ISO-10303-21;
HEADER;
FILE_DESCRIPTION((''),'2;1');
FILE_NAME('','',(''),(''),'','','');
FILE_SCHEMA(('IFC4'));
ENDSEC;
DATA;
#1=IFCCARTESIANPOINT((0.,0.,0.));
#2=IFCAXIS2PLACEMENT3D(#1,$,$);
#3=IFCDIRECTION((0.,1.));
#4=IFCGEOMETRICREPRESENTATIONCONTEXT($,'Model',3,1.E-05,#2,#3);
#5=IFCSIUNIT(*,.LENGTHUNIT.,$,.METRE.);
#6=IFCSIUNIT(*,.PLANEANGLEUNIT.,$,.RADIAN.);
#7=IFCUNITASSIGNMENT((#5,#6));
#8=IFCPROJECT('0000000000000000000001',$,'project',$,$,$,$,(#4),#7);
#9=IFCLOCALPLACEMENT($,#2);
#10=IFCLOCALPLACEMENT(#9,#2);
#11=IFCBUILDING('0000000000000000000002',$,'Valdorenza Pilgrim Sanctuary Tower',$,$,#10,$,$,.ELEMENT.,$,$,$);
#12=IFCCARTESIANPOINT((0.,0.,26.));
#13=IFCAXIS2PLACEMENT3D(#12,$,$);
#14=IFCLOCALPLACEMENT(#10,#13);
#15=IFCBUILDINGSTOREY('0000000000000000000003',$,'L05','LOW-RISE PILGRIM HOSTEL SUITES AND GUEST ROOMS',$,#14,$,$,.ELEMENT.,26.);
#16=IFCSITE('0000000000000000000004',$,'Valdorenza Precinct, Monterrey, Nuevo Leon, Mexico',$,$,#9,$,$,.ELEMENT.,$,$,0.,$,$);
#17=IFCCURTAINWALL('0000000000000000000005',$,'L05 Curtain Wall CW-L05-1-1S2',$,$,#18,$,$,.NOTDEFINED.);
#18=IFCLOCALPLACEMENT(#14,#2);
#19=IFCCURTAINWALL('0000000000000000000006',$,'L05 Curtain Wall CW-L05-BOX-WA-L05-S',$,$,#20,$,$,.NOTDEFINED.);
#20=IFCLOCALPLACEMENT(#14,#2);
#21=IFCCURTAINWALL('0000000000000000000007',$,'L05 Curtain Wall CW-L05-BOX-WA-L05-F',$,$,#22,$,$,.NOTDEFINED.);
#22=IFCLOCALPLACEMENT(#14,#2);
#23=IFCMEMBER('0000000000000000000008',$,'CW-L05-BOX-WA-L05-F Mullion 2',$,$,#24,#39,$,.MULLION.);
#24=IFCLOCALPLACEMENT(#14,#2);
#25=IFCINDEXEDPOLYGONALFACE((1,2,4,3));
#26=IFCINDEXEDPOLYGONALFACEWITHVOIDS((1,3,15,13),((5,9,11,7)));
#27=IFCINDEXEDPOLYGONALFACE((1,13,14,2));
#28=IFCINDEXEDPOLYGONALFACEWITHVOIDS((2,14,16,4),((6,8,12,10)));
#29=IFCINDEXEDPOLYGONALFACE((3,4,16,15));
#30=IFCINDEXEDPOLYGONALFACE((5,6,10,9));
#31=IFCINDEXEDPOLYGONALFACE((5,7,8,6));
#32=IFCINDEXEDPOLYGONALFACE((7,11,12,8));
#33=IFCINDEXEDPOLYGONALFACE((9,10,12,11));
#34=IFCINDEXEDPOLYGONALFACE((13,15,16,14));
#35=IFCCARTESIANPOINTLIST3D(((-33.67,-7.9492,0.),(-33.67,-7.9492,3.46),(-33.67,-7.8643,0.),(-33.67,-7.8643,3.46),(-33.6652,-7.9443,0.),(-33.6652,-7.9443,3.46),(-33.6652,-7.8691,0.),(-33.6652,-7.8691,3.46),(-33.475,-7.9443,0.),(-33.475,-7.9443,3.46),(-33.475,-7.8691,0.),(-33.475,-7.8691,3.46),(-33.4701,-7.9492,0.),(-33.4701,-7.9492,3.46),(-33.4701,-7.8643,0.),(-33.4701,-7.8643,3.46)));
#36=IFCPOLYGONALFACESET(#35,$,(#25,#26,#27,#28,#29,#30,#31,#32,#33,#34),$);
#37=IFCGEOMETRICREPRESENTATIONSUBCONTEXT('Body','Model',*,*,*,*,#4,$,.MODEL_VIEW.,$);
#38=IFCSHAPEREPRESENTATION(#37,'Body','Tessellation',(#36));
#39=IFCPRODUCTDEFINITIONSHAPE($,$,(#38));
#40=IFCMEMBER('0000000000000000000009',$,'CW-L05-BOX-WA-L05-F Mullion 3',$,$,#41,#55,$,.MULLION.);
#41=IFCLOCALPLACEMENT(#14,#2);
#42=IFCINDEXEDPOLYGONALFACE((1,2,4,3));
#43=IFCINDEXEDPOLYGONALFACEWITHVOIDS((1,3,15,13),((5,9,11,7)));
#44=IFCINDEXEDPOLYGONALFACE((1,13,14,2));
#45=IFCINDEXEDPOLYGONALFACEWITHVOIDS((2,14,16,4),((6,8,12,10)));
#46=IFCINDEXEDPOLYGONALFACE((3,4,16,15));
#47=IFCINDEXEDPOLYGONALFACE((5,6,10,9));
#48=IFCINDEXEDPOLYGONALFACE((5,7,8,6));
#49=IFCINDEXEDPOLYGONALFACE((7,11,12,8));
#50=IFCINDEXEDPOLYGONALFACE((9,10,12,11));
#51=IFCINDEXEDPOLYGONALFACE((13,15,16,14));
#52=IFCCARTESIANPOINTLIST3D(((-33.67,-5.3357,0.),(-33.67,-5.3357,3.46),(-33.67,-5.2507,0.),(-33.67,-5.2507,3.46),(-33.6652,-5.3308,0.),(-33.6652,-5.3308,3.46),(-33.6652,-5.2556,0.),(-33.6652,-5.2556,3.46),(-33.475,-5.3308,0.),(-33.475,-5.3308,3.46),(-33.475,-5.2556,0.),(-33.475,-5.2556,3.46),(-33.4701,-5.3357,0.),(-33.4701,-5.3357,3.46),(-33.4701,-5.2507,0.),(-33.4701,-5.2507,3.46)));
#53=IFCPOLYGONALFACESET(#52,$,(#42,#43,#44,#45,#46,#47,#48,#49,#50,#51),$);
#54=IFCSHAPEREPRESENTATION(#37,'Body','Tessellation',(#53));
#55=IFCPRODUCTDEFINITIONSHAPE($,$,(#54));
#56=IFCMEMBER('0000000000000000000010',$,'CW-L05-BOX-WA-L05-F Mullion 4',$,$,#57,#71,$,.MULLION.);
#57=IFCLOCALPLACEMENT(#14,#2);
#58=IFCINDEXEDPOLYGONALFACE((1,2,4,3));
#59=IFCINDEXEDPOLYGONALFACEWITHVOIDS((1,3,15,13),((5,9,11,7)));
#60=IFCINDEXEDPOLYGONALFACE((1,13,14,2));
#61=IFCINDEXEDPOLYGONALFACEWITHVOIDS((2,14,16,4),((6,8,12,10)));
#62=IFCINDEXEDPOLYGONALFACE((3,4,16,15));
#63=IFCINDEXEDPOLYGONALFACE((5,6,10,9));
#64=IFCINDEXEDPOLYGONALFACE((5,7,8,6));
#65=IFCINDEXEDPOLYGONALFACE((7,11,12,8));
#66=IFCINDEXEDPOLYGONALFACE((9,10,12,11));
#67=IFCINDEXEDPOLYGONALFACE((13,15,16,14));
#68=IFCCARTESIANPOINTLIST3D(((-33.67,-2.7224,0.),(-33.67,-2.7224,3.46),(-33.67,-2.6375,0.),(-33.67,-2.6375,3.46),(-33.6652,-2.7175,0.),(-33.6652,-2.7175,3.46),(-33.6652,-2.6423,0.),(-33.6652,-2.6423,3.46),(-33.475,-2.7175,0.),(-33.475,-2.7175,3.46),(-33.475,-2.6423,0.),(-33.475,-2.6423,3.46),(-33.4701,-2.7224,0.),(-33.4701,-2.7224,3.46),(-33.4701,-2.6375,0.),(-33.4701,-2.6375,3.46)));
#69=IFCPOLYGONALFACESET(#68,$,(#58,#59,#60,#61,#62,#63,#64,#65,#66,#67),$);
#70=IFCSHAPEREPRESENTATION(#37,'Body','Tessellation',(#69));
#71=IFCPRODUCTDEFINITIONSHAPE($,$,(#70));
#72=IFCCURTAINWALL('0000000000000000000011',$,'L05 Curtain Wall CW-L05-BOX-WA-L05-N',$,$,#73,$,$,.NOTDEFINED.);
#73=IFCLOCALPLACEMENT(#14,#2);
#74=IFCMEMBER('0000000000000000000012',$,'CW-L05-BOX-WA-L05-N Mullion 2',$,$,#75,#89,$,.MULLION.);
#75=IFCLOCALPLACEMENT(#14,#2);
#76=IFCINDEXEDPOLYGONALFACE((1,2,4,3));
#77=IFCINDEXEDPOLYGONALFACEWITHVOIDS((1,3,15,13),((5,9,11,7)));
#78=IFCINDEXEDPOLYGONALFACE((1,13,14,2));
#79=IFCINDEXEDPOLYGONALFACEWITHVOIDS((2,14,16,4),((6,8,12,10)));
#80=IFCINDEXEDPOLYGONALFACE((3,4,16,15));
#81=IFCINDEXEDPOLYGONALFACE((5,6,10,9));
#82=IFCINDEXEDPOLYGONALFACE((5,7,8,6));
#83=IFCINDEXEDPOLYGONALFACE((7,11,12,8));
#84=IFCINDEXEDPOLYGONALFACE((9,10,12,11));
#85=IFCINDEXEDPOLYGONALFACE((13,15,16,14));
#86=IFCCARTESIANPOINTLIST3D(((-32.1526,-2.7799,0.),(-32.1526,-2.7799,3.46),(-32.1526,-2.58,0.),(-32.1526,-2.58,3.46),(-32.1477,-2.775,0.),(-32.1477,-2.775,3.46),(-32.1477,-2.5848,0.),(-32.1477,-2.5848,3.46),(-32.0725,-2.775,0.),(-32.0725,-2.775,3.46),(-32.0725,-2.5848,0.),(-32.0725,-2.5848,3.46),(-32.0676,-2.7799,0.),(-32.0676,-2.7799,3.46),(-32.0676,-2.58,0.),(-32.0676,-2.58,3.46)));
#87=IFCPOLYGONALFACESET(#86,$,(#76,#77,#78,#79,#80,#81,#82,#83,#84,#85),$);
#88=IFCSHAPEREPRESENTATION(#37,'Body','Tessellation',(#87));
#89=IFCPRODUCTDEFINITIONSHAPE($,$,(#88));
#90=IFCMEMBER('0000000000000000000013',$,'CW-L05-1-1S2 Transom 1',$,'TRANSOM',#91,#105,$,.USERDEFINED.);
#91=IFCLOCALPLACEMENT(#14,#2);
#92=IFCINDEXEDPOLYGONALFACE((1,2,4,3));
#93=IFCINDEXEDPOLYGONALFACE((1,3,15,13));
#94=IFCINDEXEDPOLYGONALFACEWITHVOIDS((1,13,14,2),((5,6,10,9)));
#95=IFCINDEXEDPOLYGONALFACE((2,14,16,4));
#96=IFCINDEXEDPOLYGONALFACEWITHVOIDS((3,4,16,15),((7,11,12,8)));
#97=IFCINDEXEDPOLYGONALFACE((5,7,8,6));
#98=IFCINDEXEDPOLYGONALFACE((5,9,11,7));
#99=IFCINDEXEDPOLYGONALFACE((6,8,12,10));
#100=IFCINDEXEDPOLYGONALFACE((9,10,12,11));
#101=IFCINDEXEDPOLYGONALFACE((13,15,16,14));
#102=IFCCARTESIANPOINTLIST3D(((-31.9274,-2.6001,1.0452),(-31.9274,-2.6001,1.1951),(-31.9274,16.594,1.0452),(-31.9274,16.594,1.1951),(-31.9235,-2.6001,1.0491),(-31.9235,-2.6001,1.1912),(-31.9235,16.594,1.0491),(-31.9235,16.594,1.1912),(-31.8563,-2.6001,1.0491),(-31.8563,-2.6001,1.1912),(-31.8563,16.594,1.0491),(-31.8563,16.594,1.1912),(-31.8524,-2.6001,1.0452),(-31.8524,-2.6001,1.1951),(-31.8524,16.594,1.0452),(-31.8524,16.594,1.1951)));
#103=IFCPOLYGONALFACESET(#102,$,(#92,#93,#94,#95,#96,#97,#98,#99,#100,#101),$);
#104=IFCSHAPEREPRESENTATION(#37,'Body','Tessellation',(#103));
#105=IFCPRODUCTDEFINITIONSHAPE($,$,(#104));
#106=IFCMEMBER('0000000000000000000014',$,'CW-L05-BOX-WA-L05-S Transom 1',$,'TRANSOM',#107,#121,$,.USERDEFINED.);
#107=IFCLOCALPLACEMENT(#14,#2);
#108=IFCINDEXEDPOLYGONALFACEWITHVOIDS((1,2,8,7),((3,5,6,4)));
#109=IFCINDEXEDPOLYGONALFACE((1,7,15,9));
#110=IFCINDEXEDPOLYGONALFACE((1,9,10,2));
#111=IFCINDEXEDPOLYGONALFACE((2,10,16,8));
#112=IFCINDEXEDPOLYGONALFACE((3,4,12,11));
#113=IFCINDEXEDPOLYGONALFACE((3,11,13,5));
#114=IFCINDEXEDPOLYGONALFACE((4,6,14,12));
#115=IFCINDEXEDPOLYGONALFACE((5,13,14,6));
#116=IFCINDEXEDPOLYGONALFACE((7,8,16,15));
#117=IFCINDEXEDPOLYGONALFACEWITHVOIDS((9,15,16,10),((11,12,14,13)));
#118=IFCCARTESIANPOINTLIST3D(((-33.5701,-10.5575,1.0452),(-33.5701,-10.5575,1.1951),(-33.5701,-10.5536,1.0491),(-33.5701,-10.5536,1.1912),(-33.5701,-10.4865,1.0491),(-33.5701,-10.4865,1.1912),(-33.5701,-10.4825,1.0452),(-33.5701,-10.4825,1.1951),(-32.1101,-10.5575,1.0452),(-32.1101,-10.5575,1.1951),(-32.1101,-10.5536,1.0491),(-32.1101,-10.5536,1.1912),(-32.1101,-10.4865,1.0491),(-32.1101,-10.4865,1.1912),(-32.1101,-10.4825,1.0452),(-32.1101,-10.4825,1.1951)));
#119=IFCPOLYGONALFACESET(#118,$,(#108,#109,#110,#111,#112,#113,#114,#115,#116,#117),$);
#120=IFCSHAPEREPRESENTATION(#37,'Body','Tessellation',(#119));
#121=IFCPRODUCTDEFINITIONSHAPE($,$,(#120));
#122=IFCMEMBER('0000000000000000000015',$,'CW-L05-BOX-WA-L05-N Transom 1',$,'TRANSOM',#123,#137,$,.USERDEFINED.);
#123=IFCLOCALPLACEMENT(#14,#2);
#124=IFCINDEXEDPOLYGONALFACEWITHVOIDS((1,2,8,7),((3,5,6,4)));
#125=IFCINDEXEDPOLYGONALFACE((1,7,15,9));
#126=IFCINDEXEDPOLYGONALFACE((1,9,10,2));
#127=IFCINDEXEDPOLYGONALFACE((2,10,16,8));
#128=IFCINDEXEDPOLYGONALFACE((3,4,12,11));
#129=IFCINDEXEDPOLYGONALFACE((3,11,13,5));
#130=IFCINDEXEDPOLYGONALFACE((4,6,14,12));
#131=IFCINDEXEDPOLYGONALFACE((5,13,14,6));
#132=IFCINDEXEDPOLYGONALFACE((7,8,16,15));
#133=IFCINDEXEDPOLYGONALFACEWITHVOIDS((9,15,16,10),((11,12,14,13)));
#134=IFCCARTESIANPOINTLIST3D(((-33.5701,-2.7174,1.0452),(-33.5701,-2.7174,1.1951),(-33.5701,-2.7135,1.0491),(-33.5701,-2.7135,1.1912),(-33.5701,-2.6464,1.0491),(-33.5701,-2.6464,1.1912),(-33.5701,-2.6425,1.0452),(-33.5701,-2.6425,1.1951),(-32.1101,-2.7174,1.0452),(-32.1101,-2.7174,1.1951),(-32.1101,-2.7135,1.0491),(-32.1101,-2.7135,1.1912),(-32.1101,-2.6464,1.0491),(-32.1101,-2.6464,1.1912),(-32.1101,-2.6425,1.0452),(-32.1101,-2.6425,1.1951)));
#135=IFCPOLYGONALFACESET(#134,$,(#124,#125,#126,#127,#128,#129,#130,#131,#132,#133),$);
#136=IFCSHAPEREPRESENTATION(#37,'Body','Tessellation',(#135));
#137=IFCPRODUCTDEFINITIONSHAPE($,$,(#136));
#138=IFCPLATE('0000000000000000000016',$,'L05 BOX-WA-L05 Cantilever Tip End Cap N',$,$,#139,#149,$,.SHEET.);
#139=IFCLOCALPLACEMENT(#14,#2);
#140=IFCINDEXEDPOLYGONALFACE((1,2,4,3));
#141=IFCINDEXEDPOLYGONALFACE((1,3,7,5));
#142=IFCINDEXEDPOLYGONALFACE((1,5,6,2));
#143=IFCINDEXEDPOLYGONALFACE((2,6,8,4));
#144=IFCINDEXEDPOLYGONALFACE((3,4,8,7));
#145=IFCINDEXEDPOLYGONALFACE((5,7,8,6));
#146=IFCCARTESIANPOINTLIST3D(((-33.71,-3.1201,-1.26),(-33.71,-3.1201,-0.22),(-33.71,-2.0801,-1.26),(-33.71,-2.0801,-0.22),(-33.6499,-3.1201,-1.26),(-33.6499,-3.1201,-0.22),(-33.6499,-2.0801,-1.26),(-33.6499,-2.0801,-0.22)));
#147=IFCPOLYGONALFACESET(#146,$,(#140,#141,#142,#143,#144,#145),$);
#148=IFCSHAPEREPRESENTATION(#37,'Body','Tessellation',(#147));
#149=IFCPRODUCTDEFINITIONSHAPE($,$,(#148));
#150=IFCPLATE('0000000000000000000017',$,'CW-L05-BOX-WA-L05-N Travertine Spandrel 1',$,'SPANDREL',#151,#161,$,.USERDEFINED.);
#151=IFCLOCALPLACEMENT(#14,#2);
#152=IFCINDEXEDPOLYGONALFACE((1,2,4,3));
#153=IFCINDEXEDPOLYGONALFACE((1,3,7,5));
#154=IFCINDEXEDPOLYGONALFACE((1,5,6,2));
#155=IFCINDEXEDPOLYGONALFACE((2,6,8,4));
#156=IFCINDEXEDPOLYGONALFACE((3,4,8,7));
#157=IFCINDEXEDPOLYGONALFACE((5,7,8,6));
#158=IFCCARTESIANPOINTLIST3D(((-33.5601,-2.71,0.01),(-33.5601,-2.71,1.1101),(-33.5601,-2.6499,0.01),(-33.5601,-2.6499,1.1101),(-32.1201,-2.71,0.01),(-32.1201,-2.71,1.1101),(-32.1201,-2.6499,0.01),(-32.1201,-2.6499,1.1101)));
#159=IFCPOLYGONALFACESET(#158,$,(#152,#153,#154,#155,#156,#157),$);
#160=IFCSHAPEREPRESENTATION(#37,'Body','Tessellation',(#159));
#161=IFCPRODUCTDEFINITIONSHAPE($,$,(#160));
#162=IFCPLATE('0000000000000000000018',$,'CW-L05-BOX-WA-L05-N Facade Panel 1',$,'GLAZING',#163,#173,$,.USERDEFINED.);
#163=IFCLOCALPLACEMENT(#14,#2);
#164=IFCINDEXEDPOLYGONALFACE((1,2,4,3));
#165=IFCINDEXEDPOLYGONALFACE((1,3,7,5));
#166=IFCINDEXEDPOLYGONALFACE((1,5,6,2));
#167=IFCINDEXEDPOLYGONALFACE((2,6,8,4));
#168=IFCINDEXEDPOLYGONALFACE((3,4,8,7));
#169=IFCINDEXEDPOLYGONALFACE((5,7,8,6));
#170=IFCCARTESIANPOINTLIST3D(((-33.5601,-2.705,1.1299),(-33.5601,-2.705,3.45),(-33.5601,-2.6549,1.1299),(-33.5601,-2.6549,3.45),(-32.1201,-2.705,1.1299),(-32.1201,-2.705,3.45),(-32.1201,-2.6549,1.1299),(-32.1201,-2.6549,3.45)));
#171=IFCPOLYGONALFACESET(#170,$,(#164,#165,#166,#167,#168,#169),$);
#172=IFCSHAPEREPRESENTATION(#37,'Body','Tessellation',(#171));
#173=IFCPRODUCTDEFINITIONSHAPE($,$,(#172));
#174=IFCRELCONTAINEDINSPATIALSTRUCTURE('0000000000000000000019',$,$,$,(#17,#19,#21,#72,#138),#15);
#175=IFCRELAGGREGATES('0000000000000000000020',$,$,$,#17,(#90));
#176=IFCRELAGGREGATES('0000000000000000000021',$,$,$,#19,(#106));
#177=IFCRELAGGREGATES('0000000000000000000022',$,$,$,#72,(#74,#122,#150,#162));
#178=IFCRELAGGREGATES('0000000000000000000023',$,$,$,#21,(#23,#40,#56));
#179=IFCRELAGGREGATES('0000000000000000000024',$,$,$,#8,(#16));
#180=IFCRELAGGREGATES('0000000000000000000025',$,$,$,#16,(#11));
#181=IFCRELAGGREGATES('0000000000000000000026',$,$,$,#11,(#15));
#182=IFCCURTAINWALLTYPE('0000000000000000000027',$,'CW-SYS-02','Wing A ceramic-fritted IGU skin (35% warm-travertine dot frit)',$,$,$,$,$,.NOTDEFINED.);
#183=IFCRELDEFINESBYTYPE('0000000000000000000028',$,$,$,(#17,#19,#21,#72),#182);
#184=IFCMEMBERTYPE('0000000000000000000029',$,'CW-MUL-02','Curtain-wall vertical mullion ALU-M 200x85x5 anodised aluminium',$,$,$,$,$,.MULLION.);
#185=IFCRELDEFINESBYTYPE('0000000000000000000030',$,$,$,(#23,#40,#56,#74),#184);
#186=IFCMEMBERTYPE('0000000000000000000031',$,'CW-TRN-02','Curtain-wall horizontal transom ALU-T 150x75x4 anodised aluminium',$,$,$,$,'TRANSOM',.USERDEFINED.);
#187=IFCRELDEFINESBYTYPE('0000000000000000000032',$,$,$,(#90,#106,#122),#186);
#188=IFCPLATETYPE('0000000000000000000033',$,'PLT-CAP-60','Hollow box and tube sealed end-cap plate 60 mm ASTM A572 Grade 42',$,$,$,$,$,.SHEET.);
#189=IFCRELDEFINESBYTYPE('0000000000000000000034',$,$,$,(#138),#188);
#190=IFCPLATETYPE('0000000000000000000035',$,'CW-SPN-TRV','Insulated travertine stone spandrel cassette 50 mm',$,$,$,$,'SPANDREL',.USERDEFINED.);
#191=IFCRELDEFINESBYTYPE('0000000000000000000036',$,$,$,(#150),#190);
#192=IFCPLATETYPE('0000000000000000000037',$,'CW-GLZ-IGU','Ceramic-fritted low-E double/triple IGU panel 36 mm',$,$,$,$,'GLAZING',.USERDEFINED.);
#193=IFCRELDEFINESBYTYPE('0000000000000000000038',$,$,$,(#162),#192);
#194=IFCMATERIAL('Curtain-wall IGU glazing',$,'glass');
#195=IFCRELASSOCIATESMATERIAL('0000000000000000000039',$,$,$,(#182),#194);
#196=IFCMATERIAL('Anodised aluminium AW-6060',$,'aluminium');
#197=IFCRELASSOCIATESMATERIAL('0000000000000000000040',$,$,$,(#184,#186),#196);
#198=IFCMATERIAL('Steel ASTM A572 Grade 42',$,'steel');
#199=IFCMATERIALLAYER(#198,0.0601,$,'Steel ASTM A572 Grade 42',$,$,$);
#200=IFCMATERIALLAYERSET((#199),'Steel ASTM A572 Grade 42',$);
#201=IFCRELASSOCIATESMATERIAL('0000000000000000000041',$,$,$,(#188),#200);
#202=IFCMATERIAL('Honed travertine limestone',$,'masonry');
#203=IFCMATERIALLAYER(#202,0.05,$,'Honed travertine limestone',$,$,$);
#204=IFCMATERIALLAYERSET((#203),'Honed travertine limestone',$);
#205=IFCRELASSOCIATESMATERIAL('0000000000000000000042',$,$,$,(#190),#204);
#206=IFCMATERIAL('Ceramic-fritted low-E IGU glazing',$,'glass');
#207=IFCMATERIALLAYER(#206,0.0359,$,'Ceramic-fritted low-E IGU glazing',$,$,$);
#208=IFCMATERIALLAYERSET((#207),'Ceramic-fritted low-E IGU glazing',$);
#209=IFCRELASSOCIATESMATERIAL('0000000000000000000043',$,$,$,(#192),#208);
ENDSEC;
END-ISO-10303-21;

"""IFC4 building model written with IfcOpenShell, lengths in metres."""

from ifc_helpers import new_model, si_unit, direction, frame, origin, origin_2d, place, context, subcontext, project, spatial, rectangle, hollow_rectangle, extrude, source, transform, mapped, material, layer, layer_set, material_profile, profile_set, type_object, element, aggregate, save


model = new_model("IFC4")

# Units and contexts
model_context = context("Model", 3, precision=1e-05, world=origin(), true_north=direction((0.0, 1.0)))
body_context = subcontext(model_context, "Body", "Model", "MODEL_VIEW")
ifc_project = project(units=[si_unit("LENGTHUNIT", "METRE"), si_unit("PLANEANGLEUNIT", "RADIAN")], contexts=[model_context])

# Site, building, storey
site_placement = place(None, origin())
site = spatial("IfcSite", under=ifc_project, at=site_placement, Name="Valdorenza Precinct, Monterrey, Nuevo Leon, Mexico", CompositionType="ELEMENT", RefElevation=0.0)
building_placement = place(site_placement, origin())
building = spatial("IfcBuilding", under=site, at=building_placement, Name="Valdorenza Pilgrim Sanctuary Tower", CompositionType="ELEMENT")
storey_placement = place(building_placement, frame((0.0, 0.0, 26.0)))
storey = spatial("IfcBuildingStorey", under=building, at=storey_placement, Name="L05", Description="LOW-RISE PILGRIM HOSTEL SUITES AND GUEST ROOMS", CompositionType="ELEMENT", Elevation=26.0)

# Shared definitions
ifc_material_1 = material(Name="Steel ASTM A572 Grade 42", Category="steel")

# Curtain walls
ifc_material_2 = material(Name="Curtain-wall IGU glazing", Category="glass")
curtain_wall_type = type_object("IfcCurtainWallType", Name="CW-SYS-02", Description="Wing A ceramic-fritted IGU skin (35% warm-travertine dot frit)", PredefinedType="NOTDEFINED", material=ifc_material_2)
curtain_wall_1_placement = place(storey_placement, origin())
curtain_wall_1 = element("IfcCurtainWall", 1, at=curtain_wall_1_placement, inside=storey, type_object=curtain_wall_type, Name="L05 Curtain Wall CW-L05-1-1S2", PredefinedType="NOTDEFINED")
ifc_material_3 = material(Name="Anodised aluminium AW-6060", Category="aluminium")
ifc_material_profile_1 = material_profile(ifc_material_3, hollow_rectangle(XDim=0.085, YDim=0.2, WallThickness=0.0049, at=origin_2d()), Name="ALU-M 200x85x5")
ifc_profile_set_1 = profile_set([ifc_material_profile_1], Name="Anodised aluminium AW-6060")
member_type_1 = type_object("IfcMemberType", Name="CW-MUL-02", Description="Curtain-wall vertical mullion ALU-M 200x85x5 anodised aluminium", PredefinedType="MULLION", material=ifc_profile_set_1)
shared_shape_1 = source(origin(), body_context, "Body", "SweptSolid", [
    extrude(hollow_rectangle(XDim=0.085, YDim=0.2, WallThickness=0.0049, at=origin_2d()), origin(), (0.0, 0.0, 1.0), 3.46),
])
curtain_wall_2_placement = place(storey_placement, origin())
curtain_wall_2 = element("IfcCurtainWall", 2, at=curtain_wall_2_placement, inside=storey, type_object=curtain_wall_type, Name="L05 Curtain Wall CW-L05-BOX-WA-L05-S", PredefinedType="NOTDEFINED")

# Curtain wall, members
curtain_wall_3_placement = place(storey_placement, origin())
curtain_wall_3 = element("IfcCurtainWall", 3, at=curtain_wall_3_placement, inside=storey, type_object=curtain_wall_type, Name="L05 Curtain Wall CW-L05-BOX-WA-L05-F", PredefinedType="NOTDEFINED")
member_1_placement = place(storey_placement, frame((-33.5701, -7.9067, 0.0), z_axis=(0.0, 0.0, 1.0), x_axis=(0.0, 1.0, 0.0)))
member_1 = element("IfcMember", 4, at=member_1_placement, type_object=member_type_1, Name="CW-L05-BOX-WA-L05-F Mullion 2", PredefinedType="MULLION", context=body_context, shape_type="MappedRepresentation", body=[
    mapped(shared_shape_1, transform((0.0, 0.0, 0.0), x_axis=(1.0, 0.0, 0.0), y_axis=(0.0, 1.0, 0.0), z_axis=(0.0, 0.0, 1.0), scale=1.0)),
])
member_2_placement = place(storey_placement, frame((-33.5701, -5.2932, 0.0), z_axis=(0.0, 0.0, 1.0), x_axis=(0.0, 1.0, 0.0)))
member_2 = element("IfcMember", 5, at=member_2_placement, type_object=member_type_1, Name="CW-L05-BOX-WA-L05-F Mullion 3", PredefinedType="MULLION", context=body_context, shape_type="MappedRepresentation", body=[
    mapped(shared_shape_1, transform((0.0, 0.0, 0.0), x_axis=(1.0, 0.0, 0.0), y_axis=(0.0, 1.0, 0.0), z_axis=(0.0, 0.0, 1.0), scale=1.0)),
])
member_3_placement = place(storey_placement, frame((-33.5701, -2.6799, 0.0), z_axis=(0.0, 0.0, 1.0), x_axis=(0.0, 1.0, 0.0)))
member_3 = element("IfcMember", 6, at=member_3_placement, type_object=member_type_1, Name="CW-L05-BOX-WA-L05-F Mullion 4", PredefinedType="MULLION", context=body_context, shape_type="MappedRepresentation", body=[
    mapped(shared_shape_1, transform((0.0, 0.0, 0.0), x_axis=(1.0, 0.0, 0.0), y_axis=(0.0, 1.0, 0.0), z_axis=(0.0, 0.0, 1.0), scale=1.0)),
])

# Curtain wall, member
curtain_wall_4_placement = place(storey_placement, origin())
curtain_wall_4 = element("IfcCurtainWall", 7, at=curtain_wall_4_placement, inside=storey, type_object=curtain_wall_type, Name="L05 Curtain Wall CW-L05-BOX-WA-L05-N", PredefinedType="NOTDEFINED")
member_4_placement = place(storey_placement, frame((-32.1101, -2.6799, 0.0), z_axis=(0.0, 0.0, 1.0), x_axis=(1.0, 0.0, 0.0)))
member_4 = element("IfcMember", 8, at=member_4_placement, type_object=member_type_1, Name="CW-L05-BOX-WA-L05-N Mullion 2", PredefinedType="MULLION", context=body_context, shape_type="MappedRepresentation", body=[
    mapped(shared_shape_1, transform((0.0, 0.0, 0.0), x_axis=(1.0, 0.0, 0.0), y_axis=(0.0, 1.0, 0.0), z_axis=(0.0, 0.0, 1.0), scale=1.0)),
])

# Members
ifc_material_profile_2 = material_profile(ifc_material_3, hollow_rectangle(XDim=0.075, YDim=0.1499, WallThickness=0.0039, at=origin_2d()), Name="ALU-T 150x75x4")
ifc_profile_set_2 = profile_set([ifc_material_profile_2], Name="Anodised aluminium AW-6060")
member_type_2 = type_object("IfcMemberType", Name="CW-TRN-02", Description="Curtain-wall horizontal transom ALU-T 150x75x4 anodised aluminium", ElementType="TRANSOM", PredefinedType="USERDEFINED", material=ifc_profile_set_2)
shared_shape_2 = source(origin(), body_context, "Body", "SweptSolid", [
    extrude(hollow_rectangle(XDim=0.075, YDim=0.1499, WallThickness=0.0039, at=origin_2d()), origin(), (0.0, 0.0, 1.0), 19.1941),
])
member_5_placement = place(storey_placement, frame((-31.8899, -2.6001, 1.1201), z_axis=(0.0, 1.0, 0.0), x_axis=(-1.0, 0.0, 0.0)))
member_5 = element("IfcMember", 9, at=member_5_placement, type_object=member_type_2, Name="CW-L05-1-1S2 Transom 1", ObjectType="TRANSOM", PredefinedType="USERDEFINED", context=body_context, shape_type="MappedRepresentation", body=[
    mapped(shared_shape_2, transform((0.0, 0.0, 0.0), x_axis=(1.0, 0.0, 0.0), y_axis=(0.0, 1.0, 0.0), z_axis=(0.0, 0.0, 1.0), scale=1.0)),
])
aggregate(curtain_wall_1, [member_5])
shared_shape_3 = source(origin(), body_context, "Body", "SweptSolid", [
    extrude(hollow_rectangle(XDim=0.075, YDim=0.1499, WallThickness=0.0039, at=origin_2d()), origin(), (0.0, 0.0, 1.0), 1.46),
])
member_6_placement = place(storey_placement, frame((-32.1101, -10.52, 1.1201), z_axis=(-1.0, 0.0, 0.0), x_axis=(0.0, -1.0, 0.0)))
member_6 = element("IfcMember", 10, at=member_6_placement, type_object=member_type_2, Name="CW-L05-BOX-WA-L05-S Transom 1", ObjectType="TRANSOM", PredefinedType="USERDEFINED", context=body_context, shape_type="MappedRepresentation", body=[
    mapped(shared_shape_3, transform((0.0, 0.0, 0.0), x_axis=(1.0, 0.0, 0.0), y_axis=(0.0, 1.0, 0.0), z_axis=(0.0, 0.0, 1.0), scale=1.0)),
])
aggregate(curtain_wall_2, [member_6])
member_7_placement = place(storey_placement, frame((-33.5701, -2.6799, 1.1201), z_axis=(1.0, 0.0, 0.0), x_axis=(0.0, 1.0, 0.0)))
member_7 = element("IfcMember", 11, at=member_7_placement, type_object=member_type_2, Name="CW-L05-BOX-WA-L05-N Transom 1", ObjectType="TRANSOM", PredefinedType="USERDEFINED", context=body_context, shape_type="MappedRepresentation", body=[
    mapped(shared_shape_3, transform((0.0, 0.0, 0.0), x_axis=(1.0, 0.0, 0.0), y_axis=(0.0, 1.0, 0.0), z_axis=(0.0, 0.0, 1.0), scale=1.0)),
])

# Plates
ifc_layer_1 = layer(ifc_material_1, 0.0601, Name="Steel ASTM A572 Grade 42")
ifc_layer_set_1 = layer_set([ifc_layer_1], Name="Steel ASTM A572 Grade 42")
plate_type_1 = type_object("IfcPlateType", Name="PLT-CAP-60", Description="Hollow box and tube sealed end-cap plate 60 mm ASTM A572 Grade 42", PredefinedType="SHEET", material=ifc_layer_set_1)
shared_shape_4 = source(origin(), body_context, "Body", "SweptSolid", [
    extrude(rectangle(XDim=0.0601, YDim=1.04, at=origin_2d()), origin(), (0.0, 0.0, 1.0), 1.04),
])
plate_1_placement = place(storey_placement, frame((-33.6799, -2.6001, -1.26), z_axis=(0.0, 0.0, 1.0), x_axis=(1.0, 0.0, 0.0)))
element("IfcPlate", 12, at=plate_1_placement, inside=storey, type_object=plate_type_1, Name="L05 BOX-WA-L05 Cantilever Tip End Cap N", PredefinedType="SHEET", context=body_context, shape_type="MappedRepresentation", body=[
    mapped(shared_shape_4, transform((0.0, 0.0, 0.0), x_axis=(1.0, 0.0, 0.0), y_axis=(0.0, 1.0, 0.0), z_axis=(0.0, 0.0, 1.0), scale=1.0)),
])
ifc_material_4 = material(Name="Honed travertine limestone", Category="masonry")
ifc_layer_2 = layer(ifc_material_4, 0.05, Name="Honed travertine limestone")
ifc_layer_set_2 = layer_set([ifc_layer_2], Name="Honed travertine limestone")
plate_type_2 = type_object("IfcPlateType", Name="CW-SPN-TRV", Description="Insulated travertine stone spandrel cassette 50 mm", ElementType="SPANDREL", PredefinedType="USERDEFINED", material=ifc_layer_set_2)
shared_shape_5 = source(origin(), body_context, "Body", "SweptSolid", [
    extrude(rectangle(XDim=1.4399, YDim=0.0601, at=origin_2d()), origin(), (0.0, 0.0, 1.0), 1.1001),
])
plate_2_placement = place(storey_placement, frame((-32.8401, -2.6799, 0.01), z_axis=(0.0, 0.0, 1.0), x_axis=(1.0, 0.0, 0.0)))
plate_2 = element("IfcPlate", 13, at=plate_2_placement, type_object=plate_type_2, Name="CW-L05-BOX-WA-L05-N Travertine Spandrel 1", ObjectType="SPANDREL", PredefinedType="USERDEFINED", context=body_context, shape_type="MappedRepresentation", body=[
    mapped(shared_shape_5, transform((0.0, 0.0, 0.0), x_axis=(1.0, 0.0, 0.0), y_axis=(0.0, 1.0, 0.0), z_axis=(0.0, 0.0, 1.0), scale=1.0)),
])
ifc_material_5 = material(Name="Ceramic-fritted low-E IGU glazing", Category="glass")
ifc_layer_3 = layer(ifc_material_5, 0.0359, Name="Ceramic-fritted low-E IGU glazing")
ifc_layer_set_3 = layer_set([ifc_layer_3], Name="Ceramic-fritted low-E IGU glazing")
plate_type_3 = type_object("IfcPlateType", Name="CW-GLZ-IGU", Description="Ceramic-fritted low-E double/triple IGU panel 36 mm", ElementType="GLAZING", PredefinedType="USERDEFINED", material=ifc_layer_set_3)
shared_shape_6 = source(origin(), body_context, "Body", "SweptSolid", [
    extrude(rectangle(XDim=1.4399, YDim=0.05, at=origin_2d()), origin(), (0.0, 0.0, 1.0), 2.3201),
])
plate_3_placement = place(storey_placement, frame((-32.8401, -2.6799, 1.1299), z_axis=(0.0, 0.0, 1.0), x_axis=(1.0, 0.0, 0.0)))
plate_3 = element("IfcPlate", 14, at=plate_3_placement, type_object=plate_type_3, Name="CW-L05-BOX-WA-L05-N Facade Panel 1", ObjectType="GLAZING", PredefinedType="USERDEFINED", context=body_context, shape_type="MappedRepresentation", body=[
    mapped(shared_shape_6, transform((0.0, 0.0, 0.0), x_axis=(1.0, 0.0, 0.0), y_axis=(0.0, 1.0, 0.0), z_axis=(0.0, 0.0, 1.0), scale=1.0)),
])
aggregate(curtain_wall_4, [member_4, member_7, plate_2, plate_3])
aggregate(curtain_wall_3, [member_1, member_2, member_3])

save(model, "model.ifc")
